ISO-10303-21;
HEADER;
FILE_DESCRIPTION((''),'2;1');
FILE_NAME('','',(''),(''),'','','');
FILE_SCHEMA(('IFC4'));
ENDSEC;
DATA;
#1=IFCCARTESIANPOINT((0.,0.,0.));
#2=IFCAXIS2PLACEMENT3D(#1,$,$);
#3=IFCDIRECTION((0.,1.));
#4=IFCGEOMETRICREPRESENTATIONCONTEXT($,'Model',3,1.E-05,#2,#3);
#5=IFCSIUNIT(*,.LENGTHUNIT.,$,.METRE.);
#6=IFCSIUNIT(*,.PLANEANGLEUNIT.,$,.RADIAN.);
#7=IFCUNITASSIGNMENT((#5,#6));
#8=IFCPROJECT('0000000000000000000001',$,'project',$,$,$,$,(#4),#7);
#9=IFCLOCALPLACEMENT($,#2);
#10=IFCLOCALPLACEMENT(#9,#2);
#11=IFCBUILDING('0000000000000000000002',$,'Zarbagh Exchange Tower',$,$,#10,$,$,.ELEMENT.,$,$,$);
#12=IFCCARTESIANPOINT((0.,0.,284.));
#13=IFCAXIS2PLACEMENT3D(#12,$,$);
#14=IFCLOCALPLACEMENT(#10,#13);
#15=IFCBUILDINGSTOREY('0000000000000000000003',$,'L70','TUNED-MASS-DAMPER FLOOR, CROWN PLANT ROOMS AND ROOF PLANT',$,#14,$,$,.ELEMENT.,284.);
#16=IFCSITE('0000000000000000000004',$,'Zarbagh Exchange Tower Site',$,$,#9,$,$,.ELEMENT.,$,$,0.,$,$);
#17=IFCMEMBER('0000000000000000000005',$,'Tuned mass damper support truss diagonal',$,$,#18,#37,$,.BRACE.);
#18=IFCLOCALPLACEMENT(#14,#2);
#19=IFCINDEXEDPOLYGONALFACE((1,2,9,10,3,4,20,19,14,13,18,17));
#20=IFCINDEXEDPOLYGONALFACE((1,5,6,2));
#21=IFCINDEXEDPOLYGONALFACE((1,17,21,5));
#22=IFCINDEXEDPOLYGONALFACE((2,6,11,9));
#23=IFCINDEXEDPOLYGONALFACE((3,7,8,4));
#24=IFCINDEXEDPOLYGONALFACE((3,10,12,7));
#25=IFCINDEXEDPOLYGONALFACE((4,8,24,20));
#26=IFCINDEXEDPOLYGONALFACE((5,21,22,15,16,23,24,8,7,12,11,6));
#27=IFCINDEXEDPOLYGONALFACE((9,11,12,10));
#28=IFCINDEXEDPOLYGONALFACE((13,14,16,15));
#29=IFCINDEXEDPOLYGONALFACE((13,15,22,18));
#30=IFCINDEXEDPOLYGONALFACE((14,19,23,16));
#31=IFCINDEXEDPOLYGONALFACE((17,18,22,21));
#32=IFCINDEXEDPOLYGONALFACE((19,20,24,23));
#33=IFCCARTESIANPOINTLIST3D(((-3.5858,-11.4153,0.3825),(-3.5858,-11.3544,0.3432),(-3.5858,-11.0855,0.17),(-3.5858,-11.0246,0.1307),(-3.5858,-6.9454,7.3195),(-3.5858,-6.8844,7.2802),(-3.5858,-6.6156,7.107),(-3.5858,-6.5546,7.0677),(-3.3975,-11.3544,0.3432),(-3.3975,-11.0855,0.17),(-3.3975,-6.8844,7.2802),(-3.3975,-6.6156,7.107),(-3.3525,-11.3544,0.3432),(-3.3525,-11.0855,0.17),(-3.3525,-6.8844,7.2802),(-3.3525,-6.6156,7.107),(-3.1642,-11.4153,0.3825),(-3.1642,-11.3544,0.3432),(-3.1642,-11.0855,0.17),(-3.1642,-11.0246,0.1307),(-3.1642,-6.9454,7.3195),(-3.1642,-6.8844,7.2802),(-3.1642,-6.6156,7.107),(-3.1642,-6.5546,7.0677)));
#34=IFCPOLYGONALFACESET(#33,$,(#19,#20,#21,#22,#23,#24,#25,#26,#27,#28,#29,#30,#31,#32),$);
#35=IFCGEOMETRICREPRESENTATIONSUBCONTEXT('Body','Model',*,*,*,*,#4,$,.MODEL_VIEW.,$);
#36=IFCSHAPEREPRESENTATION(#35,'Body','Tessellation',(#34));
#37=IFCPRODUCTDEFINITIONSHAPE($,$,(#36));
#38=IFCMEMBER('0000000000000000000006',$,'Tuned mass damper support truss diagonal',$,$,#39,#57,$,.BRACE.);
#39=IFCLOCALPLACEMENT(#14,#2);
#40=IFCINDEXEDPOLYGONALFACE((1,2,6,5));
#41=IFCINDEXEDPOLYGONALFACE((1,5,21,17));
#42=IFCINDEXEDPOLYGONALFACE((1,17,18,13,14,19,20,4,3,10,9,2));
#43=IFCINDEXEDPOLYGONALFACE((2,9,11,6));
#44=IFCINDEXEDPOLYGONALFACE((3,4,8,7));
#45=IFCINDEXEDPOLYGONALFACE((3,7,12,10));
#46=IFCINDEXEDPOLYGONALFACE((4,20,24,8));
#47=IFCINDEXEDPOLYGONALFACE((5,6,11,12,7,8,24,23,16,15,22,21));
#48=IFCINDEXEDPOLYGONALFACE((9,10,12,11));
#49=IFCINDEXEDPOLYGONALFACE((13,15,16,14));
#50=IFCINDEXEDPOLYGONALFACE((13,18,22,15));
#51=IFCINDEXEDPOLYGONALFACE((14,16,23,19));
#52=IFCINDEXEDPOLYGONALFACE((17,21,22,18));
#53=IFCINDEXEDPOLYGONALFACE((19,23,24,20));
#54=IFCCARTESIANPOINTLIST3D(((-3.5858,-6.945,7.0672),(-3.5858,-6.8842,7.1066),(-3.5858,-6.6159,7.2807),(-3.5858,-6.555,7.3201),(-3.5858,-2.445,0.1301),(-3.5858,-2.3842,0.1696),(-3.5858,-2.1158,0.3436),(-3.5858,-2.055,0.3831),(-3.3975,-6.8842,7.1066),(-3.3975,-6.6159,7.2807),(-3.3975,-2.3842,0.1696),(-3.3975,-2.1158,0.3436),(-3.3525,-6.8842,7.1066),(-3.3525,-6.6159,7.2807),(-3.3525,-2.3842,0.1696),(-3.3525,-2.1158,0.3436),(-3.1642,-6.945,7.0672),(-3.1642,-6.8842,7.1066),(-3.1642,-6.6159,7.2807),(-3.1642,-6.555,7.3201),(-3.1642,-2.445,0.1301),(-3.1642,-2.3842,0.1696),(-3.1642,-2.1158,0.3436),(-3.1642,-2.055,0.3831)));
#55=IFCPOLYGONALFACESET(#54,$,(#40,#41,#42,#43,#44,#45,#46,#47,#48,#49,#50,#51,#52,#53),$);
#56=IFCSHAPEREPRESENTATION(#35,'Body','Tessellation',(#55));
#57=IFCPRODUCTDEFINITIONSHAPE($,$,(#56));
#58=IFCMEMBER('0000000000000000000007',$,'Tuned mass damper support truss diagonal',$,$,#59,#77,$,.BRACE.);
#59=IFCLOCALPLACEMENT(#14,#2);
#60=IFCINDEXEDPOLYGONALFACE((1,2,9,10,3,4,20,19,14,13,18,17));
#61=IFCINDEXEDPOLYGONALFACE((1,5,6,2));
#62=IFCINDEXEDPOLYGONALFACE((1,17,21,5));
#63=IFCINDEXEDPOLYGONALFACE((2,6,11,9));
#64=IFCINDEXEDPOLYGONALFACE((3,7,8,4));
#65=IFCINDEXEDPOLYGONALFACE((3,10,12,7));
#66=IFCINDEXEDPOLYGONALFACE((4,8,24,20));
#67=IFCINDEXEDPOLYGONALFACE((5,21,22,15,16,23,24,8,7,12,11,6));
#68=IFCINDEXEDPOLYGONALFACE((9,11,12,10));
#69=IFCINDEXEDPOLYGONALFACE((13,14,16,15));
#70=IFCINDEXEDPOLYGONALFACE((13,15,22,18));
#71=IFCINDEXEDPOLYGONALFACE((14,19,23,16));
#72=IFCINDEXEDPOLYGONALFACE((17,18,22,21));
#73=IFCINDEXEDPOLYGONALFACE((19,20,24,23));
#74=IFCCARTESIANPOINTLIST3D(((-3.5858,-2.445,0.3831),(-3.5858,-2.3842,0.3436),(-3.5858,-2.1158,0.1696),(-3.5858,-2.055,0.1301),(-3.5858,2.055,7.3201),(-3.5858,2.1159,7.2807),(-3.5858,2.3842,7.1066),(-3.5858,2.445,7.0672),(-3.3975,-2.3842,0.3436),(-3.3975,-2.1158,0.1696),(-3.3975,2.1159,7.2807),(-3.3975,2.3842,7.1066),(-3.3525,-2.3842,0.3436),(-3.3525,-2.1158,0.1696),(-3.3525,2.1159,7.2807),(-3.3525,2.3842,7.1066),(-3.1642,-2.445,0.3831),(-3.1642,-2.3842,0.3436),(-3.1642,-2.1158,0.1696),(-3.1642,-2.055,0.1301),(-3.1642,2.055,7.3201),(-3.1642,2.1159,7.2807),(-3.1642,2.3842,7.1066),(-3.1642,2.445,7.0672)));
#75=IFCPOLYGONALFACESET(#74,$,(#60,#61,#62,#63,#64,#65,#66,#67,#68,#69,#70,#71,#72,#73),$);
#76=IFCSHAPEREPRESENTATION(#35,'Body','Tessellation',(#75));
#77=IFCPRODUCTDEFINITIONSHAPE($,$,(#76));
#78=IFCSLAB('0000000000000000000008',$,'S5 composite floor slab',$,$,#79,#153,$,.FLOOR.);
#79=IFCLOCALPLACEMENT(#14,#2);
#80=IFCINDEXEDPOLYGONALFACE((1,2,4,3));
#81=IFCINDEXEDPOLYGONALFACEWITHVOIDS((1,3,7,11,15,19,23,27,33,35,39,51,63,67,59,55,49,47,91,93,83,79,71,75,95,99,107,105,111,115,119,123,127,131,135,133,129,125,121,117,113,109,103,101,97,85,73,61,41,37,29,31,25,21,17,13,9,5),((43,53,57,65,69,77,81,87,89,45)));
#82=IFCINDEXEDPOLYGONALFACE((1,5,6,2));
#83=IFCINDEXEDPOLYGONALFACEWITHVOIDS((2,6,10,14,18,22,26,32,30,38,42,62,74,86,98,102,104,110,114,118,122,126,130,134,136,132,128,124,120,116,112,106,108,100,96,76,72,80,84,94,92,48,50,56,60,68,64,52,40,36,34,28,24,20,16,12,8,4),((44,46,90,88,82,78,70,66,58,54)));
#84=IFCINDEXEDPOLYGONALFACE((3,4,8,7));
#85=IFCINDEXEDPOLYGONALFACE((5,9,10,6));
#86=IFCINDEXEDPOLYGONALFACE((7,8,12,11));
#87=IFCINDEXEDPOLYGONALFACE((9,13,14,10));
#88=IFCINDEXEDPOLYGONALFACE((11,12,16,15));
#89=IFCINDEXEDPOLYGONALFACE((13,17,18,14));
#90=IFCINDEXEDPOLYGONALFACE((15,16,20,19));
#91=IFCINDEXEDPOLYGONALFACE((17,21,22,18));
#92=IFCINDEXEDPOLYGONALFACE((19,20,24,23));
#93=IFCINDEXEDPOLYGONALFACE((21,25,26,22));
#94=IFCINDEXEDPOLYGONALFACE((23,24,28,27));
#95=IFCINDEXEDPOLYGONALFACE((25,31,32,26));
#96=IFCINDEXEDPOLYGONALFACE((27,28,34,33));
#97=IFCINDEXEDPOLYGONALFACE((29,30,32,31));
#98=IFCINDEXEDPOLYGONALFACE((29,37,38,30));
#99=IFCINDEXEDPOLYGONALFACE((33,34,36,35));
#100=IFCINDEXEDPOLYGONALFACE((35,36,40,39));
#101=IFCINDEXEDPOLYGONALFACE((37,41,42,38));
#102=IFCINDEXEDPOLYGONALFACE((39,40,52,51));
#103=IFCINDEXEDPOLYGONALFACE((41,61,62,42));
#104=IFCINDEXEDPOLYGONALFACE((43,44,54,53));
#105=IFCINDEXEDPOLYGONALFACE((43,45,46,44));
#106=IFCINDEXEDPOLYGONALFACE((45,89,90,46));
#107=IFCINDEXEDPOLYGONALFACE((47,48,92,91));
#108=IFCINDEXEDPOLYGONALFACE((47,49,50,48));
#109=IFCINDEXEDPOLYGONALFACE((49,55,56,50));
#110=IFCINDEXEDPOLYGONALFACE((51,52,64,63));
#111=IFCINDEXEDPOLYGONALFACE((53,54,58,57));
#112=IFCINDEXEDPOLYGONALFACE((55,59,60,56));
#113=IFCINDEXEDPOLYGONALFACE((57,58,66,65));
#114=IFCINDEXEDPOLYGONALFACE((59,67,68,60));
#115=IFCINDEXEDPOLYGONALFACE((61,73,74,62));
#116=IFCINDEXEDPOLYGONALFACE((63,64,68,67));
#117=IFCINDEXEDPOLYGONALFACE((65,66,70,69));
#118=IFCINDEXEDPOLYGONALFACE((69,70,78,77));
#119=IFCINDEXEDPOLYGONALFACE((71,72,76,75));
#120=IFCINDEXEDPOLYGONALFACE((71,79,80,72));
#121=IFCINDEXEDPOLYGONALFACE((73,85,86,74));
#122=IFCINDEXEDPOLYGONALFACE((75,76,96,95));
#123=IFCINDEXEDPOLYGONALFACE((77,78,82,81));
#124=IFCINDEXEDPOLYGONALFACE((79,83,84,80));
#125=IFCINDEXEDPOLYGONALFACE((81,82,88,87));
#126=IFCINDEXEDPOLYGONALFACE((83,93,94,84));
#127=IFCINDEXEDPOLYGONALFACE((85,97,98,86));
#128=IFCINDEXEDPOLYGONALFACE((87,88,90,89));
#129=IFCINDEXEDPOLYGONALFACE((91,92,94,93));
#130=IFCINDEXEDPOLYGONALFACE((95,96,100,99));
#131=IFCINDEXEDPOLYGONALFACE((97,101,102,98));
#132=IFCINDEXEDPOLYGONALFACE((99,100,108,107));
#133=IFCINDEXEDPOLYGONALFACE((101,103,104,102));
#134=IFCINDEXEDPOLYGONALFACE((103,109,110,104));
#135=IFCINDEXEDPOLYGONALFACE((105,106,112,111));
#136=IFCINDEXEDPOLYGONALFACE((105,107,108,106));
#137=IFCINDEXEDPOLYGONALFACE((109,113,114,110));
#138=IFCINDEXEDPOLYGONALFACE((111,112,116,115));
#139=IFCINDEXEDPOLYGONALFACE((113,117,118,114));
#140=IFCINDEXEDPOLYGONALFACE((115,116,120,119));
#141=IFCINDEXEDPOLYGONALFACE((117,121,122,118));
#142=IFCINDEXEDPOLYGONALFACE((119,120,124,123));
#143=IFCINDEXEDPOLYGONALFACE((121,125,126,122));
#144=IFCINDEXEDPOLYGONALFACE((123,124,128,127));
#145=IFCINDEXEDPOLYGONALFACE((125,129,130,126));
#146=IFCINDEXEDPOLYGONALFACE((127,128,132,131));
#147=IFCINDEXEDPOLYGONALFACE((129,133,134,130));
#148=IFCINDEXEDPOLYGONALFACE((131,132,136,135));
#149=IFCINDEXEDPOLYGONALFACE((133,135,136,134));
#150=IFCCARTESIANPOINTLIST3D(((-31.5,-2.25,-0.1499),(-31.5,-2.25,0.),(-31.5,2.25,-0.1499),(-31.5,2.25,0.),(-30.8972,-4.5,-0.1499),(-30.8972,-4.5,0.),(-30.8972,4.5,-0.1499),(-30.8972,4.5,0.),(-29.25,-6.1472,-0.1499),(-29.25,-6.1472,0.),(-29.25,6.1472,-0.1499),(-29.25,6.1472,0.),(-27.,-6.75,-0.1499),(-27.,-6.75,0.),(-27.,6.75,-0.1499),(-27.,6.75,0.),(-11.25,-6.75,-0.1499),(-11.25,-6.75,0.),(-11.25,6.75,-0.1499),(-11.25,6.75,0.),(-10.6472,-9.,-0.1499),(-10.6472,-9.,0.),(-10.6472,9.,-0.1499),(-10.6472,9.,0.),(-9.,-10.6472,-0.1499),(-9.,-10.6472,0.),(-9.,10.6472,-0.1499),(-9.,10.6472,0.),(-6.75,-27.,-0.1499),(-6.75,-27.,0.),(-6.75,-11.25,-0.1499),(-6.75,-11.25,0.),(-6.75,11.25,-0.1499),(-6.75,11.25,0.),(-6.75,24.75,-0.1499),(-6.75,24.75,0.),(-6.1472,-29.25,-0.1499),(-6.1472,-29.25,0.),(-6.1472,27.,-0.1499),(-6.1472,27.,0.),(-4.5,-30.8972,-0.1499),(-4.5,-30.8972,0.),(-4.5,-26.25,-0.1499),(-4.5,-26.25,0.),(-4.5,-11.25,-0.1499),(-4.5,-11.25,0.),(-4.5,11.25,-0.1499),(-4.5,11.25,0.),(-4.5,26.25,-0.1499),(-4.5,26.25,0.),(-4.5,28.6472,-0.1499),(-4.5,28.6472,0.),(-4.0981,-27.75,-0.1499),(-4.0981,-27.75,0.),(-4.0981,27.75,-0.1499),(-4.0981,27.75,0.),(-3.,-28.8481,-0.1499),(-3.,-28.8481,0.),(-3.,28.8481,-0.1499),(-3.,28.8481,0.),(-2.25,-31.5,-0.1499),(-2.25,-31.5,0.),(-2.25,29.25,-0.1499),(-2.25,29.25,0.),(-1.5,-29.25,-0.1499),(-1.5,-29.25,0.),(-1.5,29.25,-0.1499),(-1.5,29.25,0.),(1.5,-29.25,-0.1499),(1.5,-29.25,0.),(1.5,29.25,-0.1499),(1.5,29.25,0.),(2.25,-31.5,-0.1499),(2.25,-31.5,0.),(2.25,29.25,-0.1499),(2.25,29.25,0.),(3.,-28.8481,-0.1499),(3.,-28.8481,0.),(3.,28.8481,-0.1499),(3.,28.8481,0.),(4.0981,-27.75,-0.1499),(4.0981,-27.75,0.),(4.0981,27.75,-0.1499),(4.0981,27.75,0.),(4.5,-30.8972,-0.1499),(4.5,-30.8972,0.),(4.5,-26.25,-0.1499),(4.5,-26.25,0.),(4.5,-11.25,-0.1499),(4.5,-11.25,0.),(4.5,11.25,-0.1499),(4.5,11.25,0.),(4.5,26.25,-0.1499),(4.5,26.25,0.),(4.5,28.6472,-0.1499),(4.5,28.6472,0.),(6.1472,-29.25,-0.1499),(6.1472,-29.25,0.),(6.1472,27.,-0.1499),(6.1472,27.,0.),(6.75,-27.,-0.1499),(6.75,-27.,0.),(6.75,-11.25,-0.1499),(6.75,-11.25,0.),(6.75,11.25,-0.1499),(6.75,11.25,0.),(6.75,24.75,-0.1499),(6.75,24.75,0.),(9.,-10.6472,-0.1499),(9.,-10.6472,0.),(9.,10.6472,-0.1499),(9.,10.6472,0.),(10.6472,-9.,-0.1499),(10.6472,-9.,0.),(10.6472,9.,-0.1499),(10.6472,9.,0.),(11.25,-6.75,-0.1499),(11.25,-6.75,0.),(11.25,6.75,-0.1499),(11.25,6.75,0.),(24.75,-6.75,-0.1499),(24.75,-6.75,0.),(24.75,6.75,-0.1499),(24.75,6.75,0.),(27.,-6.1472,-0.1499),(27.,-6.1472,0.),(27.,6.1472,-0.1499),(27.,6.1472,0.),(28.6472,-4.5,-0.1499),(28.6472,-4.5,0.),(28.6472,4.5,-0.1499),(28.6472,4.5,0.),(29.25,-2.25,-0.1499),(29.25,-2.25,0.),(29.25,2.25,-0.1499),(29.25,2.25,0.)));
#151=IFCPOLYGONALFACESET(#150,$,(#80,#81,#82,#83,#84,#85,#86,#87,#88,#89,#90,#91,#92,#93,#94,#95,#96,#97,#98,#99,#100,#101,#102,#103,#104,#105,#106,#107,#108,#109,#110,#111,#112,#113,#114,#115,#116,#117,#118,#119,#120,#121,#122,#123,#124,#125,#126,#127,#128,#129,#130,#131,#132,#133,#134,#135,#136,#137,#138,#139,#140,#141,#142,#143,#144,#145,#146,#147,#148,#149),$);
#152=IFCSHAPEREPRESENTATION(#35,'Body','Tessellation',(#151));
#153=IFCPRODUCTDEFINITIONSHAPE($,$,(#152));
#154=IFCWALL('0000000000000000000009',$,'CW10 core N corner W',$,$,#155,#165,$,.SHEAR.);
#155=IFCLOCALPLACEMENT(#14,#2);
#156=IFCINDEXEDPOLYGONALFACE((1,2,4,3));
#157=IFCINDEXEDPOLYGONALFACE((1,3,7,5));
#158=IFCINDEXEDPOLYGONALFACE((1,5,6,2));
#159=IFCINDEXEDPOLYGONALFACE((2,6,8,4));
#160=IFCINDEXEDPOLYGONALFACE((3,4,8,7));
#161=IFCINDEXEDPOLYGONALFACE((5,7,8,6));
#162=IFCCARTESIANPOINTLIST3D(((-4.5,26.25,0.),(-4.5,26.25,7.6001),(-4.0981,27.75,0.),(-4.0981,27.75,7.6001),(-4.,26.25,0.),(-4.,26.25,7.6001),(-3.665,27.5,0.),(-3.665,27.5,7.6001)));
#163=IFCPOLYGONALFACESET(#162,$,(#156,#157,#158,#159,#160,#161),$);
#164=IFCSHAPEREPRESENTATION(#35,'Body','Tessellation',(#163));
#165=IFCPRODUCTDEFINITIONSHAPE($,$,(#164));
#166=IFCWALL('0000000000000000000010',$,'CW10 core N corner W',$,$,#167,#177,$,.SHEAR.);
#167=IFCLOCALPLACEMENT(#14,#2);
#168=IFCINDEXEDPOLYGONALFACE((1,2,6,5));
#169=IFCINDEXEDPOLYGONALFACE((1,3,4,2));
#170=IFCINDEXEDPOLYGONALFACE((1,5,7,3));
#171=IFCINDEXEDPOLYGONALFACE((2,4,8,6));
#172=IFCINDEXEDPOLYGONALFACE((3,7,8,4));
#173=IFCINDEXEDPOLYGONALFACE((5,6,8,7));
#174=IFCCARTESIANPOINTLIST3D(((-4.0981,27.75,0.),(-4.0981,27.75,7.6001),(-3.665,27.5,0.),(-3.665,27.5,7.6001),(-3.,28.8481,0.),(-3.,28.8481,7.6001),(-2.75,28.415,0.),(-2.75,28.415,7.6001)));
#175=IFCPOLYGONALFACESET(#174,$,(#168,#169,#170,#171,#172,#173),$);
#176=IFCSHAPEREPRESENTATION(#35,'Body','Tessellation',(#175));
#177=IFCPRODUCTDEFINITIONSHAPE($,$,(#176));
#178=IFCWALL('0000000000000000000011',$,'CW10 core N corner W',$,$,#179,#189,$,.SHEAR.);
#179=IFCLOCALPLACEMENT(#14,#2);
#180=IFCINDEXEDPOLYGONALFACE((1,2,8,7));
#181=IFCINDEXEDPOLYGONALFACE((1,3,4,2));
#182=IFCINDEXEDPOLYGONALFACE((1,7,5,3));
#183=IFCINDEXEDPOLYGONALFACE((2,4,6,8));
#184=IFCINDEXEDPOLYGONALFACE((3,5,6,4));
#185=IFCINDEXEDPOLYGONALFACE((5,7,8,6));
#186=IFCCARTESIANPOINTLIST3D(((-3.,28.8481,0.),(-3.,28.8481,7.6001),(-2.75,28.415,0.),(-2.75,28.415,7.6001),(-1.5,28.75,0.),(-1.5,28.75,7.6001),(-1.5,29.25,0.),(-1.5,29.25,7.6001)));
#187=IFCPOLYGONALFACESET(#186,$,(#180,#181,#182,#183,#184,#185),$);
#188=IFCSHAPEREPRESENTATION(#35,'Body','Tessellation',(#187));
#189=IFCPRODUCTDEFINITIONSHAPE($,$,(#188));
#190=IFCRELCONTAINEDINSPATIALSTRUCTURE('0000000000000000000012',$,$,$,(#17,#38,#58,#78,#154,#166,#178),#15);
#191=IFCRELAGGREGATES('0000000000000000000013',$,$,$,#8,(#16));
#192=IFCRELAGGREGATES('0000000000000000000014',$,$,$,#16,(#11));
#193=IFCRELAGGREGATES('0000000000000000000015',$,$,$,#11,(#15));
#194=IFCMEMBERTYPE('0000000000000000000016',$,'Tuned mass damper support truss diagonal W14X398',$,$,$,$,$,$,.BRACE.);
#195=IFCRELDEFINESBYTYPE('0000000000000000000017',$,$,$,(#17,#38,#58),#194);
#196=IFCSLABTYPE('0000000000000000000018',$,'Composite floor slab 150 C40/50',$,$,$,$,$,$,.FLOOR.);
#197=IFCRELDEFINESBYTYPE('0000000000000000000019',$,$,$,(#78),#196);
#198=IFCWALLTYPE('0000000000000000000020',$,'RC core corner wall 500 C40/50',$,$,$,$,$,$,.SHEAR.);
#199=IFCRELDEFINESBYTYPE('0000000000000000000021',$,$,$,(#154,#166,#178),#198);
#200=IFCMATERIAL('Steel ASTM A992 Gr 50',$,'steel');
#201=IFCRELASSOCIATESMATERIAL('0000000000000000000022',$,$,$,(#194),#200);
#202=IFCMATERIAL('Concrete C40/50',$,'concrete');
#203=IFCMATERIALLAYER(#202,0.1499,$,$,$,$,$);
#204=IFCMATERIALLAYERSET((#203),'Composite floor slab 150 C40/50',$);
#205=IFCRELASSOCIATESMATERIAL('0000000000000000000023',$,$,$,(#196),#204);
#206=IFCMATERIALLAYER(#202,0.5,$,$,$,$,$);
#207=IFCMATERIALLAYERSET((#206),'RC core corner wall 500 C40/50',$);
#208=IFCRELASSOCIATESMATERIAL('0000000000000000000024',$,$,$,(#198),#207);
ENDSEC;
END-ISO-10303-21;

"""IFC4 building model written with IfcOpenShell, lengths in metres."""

from ifc_helpers import new_model, si_unit, direction, frame, origin, origin_2d, place, context, subcontext, project, spatial, polyline, i_section, outline, extrude, material, layer, layer_set, material_profile, profile_set, type_object, element, save


model = new_model("IFC4")

# Units and contexts
model_context = context("Model", 3, precision=1e-05, world=origin(), true_north=direction((0.0, 1.0)))
body_context = subcontext(model_context, "Body", "Model", "MODEL_VIEW")
ifc_project = project(units=[si_unit("LENGTHUNIT", "METRE"), si_unit("PLANEANGLEUNIT", "RADIAN")], contexts=[model_context])

# Site, building, storey
site_placement = place(None, origin())
site = spatial("IfcSite", under=ifc_project, at=site_placement, Name="Zarbagh Exchange Tower Site", CompositionType="ELEMENT", RefElevation=0.0)
building_placement = place(site_placement, origin())
building = spatial("IfcBuilding", under=site, at=building_placement, Name="Zarbagh Exchange Tower", CompositionType="ELEMENT")
storey_placement = place(building_placement, frame((0.0, 0.0, 284.0)))
storey = spatial("IfcBuildingStorey", under=building, at=storey_placement, Name="L70", Description="TUNED-MASS-DAMPER FLOOR, CROWN PLANT ROOMS AND ROOF PLANT", CompositionType="ELEMENT", Elevation=284.0)

# Shared definitions
ifc_material_1 = material(Name="Concrete C40/50", Category="concrete")

# Shared definitions
ifc_material_2 = material(Name="Steel ASTM A992 Gr 50", Category="steel")

# Members
ifc_material_profile_1 = material_profile(ifc_material_2, i_section(OverallWidth=0.4216, OverallDepth=0.4648, WebThickness=0.0449, FlangeThickness=0.0725, at=origin_2d()), Name="W14X398")
ifc_profile_set_1 = profile_set([ifc_material_profile_1], Name="Steel ASTM A992 Gr 50")
member_type_1 = type_object("IfcMemberType", Name="Tuned mass damper support truss diagonal W14X398", PredefinedType="BRACE", material=ifc_profile_set_1)
member_1_placement = place(storey_placement, frame((-3.375, -11.22, 0.2566), z_axis=(0.0, 0.541654, 0.840601), x_axis=(-1.0, 0.0, 0.0)))
element("IfcMember", 1, at=member_1_placement, inside=storey, type_object=member_type_1, Name="Tuned mass damper support truss diagonal", PredefinedType="BRACE", context=body_context, shape_type="SweptSolid", body=[
    extrude(i_section(OverallWidth=0.4216, OverallDepth=0.4648, WebThickness=0.0449, FlangeThickness=0.0725, at=origin_2d()), origin(), (0.0, 0.0, 1.0), 8.2524),
])
for number, where, z_axis, x_axis, name in (
    (2, (-3.375, -2.25, 0.2566), (0.0, -0.544218, 0.838944), (1.0, 0.0, 0.0), "Tuned mass damper support truss diagonal"),
    (3, (-3.375, -2.25, 0.2566), (0.0, 0.544218, 0.838944), (-1.0, 0.0, 0.0), "Tuned mass damper support truss diagonal"),
):
    element("IfcMember", number, at=place(storey_placement, frame(where, z_axis=z_axis, x_axis=x_axis)), inside=storey, type_object=member_type_1, Name=name, PredefinedType="BRACE", context=body_context, shape_type="SweptSolid", body=[
        extrude(i_section(OverallWidth=0.4216, OverallDepth=0.4648, WebThickness=0.0449, FlangeThickness=0.0725, at=origin_2d()), origin(), (0.0, 0.0, 1.0), 8.2688),
    ])

# Slab
ifc_layer_1 = layer(ifc_material_1, 0.1499)
ifc_layer_set_1 = layer_set([ifc_layer_1], Name="Composite floor slab 150 C40/50")
slab_type = type_object("IfcSlabType", Name="Composite floor slab 150 C40/50", PredefinedType="FLOOR", material=ifc_layer_set_1)
slab_placement = place(storey_placement, frame((0.0, 0.0, -0.1499)))
element("IfcSlab", 4, at=slab_placement, inside=storey, type_object=slab_type, Name="S5 composite floor slab", PredefinedType="FLOOR", context=body_context, shape_type="SweptSolid", body=[
    extrude(outline(polyline([(-2.25, -31.5), (-4.5, -30.8972), (-6.1472, -29.25), (-6.75, -27.0), (-6.75, -11.25), (-9.0, -10.6472), (-10.6472, -9.0), (-11.25, -6.75), (-27.0, -6.75), (-29.25, -6.1472), (-30.8972, -4.5), (-31.5, -2.25), (-31.5, 2.25), (-30.8972, 4.5), (-29.25, 6.1472), (-27.0, 6.75), (-11.25, 6.75), (-10.6472, 9.0), (-9.0, 10.6472), (-6.75, 11.25), (-6.75, 24.75), (-6.1472, 27.0), (-4.5, 28.6472), (-2.25, 29.25), (-1.5, 29.25), (-3.0, 28.8481), (-4.0981, 27.75), (-4.5, 26.25), (-4.5, 11.25), (4.5, 11.25), (4.5, 26.25), (4.0981, 27.75), (3.0, 28.8481), (1.5, 29.25), (2.25, 29.25), (4.5, 28.6472), (6.1472, 27.0), (6.75, 24.75), (6.75, 11.25), (9.0, 10.6472), (10.6472, 9.0), (11.25, 6.75), (24.75, 6.75), (27.0, 6.1472), (28.6472, 4.5), (29.25, 2.25), (29.25, -2.25), (28.6472, -4.5), (27.0, -6.1472), (24.75, -6.75), (11.25, -6.75), (10.6472, -9.0), (9.0, -10.6472), (6.75, -11.25), (6.75, -27.0), (6.1472, -29.25), (4.5, -30.8972), (2.25, -31.5), (-2.25, -31.5)]), holes=[polyline([(-1.5, -29.25), (1.5, -29.25), (3.0, -28.8481), (4.0981, -27.75), (4.5, -26.25), (4.5, -11.25), (-4.5, -11.25), (-4.5, -26.25), (-4.0981, -27.75), (-3.0, -28.8481), (-1.5, -29.25)])]), origin(), (0.0, 0.0, 1.0), 0.1499),
])

# Walls
ifc_layer_2 = layer(ifc_material_1, 0.5)
ifc_layer_set_2 = layer_set([ifc_layer_2], Name="RC core corner wall 500 C40/50")
wall_type = type_object("IfcWallType", Name="RC core corner wall 500 C40/50", PredefinedType="SHEAR", material=ifc_layer_set_2)
wall_1_placement = place(storey_placement, origin())
element("IfcWall", 5, at=wall_1_placement, inside=storey, type_object=wall_type, Name="CW10 core N corner W", PredefinedType="SHEAR", context=body_context, shape_type="SweptSolid", body=[
    extrude(outline(polyline([(-4.5, 26.25), (-4.0981, 27.75), (-3.665, 27.5), (-4.0, 26.25), (-4.5, 26.25)])), origin(), (0.0, 0.0, 1.0), 7.6001),
])
wall_2_placement = place(storey_placement, origin())
element("IfcWall", 6, at=wall_2_placement, inside=storey, type_object=wall_type, Name="CW10 core N corner W", PredefinedType="SHEAR", context=body_context, shape_type="SweptSolid", body=[
    extrude(outline(polyline([(-4.0981, 27.75), (-3.0, 28.8481), (-2.75, 28.415), (-3.665, 27.5), (-4.0981, 27.75)])), origin(), (0.0, 0.0, 1.0), 7.6001),
])
wall_3_placement = place(storey_placement, origin())
element("IfcWall", 7, at=wall_3_placement, inside=storey, type_object=wall_type, Name="CW10 core N corner W", PredefinedType="SHEAR", context=body_context, shape_type="SweptSolid", body=[
    extrude(outline(polyline([(-3.0, 28.8481), (-1.5, 29.25), (-1.5, 28.75), (-2.75, 28.415), (-3.0, 28.8481)])), origin(), (0.0, 0.0, 1.0), 7.6001),
])

save(model, "model.ifc")
